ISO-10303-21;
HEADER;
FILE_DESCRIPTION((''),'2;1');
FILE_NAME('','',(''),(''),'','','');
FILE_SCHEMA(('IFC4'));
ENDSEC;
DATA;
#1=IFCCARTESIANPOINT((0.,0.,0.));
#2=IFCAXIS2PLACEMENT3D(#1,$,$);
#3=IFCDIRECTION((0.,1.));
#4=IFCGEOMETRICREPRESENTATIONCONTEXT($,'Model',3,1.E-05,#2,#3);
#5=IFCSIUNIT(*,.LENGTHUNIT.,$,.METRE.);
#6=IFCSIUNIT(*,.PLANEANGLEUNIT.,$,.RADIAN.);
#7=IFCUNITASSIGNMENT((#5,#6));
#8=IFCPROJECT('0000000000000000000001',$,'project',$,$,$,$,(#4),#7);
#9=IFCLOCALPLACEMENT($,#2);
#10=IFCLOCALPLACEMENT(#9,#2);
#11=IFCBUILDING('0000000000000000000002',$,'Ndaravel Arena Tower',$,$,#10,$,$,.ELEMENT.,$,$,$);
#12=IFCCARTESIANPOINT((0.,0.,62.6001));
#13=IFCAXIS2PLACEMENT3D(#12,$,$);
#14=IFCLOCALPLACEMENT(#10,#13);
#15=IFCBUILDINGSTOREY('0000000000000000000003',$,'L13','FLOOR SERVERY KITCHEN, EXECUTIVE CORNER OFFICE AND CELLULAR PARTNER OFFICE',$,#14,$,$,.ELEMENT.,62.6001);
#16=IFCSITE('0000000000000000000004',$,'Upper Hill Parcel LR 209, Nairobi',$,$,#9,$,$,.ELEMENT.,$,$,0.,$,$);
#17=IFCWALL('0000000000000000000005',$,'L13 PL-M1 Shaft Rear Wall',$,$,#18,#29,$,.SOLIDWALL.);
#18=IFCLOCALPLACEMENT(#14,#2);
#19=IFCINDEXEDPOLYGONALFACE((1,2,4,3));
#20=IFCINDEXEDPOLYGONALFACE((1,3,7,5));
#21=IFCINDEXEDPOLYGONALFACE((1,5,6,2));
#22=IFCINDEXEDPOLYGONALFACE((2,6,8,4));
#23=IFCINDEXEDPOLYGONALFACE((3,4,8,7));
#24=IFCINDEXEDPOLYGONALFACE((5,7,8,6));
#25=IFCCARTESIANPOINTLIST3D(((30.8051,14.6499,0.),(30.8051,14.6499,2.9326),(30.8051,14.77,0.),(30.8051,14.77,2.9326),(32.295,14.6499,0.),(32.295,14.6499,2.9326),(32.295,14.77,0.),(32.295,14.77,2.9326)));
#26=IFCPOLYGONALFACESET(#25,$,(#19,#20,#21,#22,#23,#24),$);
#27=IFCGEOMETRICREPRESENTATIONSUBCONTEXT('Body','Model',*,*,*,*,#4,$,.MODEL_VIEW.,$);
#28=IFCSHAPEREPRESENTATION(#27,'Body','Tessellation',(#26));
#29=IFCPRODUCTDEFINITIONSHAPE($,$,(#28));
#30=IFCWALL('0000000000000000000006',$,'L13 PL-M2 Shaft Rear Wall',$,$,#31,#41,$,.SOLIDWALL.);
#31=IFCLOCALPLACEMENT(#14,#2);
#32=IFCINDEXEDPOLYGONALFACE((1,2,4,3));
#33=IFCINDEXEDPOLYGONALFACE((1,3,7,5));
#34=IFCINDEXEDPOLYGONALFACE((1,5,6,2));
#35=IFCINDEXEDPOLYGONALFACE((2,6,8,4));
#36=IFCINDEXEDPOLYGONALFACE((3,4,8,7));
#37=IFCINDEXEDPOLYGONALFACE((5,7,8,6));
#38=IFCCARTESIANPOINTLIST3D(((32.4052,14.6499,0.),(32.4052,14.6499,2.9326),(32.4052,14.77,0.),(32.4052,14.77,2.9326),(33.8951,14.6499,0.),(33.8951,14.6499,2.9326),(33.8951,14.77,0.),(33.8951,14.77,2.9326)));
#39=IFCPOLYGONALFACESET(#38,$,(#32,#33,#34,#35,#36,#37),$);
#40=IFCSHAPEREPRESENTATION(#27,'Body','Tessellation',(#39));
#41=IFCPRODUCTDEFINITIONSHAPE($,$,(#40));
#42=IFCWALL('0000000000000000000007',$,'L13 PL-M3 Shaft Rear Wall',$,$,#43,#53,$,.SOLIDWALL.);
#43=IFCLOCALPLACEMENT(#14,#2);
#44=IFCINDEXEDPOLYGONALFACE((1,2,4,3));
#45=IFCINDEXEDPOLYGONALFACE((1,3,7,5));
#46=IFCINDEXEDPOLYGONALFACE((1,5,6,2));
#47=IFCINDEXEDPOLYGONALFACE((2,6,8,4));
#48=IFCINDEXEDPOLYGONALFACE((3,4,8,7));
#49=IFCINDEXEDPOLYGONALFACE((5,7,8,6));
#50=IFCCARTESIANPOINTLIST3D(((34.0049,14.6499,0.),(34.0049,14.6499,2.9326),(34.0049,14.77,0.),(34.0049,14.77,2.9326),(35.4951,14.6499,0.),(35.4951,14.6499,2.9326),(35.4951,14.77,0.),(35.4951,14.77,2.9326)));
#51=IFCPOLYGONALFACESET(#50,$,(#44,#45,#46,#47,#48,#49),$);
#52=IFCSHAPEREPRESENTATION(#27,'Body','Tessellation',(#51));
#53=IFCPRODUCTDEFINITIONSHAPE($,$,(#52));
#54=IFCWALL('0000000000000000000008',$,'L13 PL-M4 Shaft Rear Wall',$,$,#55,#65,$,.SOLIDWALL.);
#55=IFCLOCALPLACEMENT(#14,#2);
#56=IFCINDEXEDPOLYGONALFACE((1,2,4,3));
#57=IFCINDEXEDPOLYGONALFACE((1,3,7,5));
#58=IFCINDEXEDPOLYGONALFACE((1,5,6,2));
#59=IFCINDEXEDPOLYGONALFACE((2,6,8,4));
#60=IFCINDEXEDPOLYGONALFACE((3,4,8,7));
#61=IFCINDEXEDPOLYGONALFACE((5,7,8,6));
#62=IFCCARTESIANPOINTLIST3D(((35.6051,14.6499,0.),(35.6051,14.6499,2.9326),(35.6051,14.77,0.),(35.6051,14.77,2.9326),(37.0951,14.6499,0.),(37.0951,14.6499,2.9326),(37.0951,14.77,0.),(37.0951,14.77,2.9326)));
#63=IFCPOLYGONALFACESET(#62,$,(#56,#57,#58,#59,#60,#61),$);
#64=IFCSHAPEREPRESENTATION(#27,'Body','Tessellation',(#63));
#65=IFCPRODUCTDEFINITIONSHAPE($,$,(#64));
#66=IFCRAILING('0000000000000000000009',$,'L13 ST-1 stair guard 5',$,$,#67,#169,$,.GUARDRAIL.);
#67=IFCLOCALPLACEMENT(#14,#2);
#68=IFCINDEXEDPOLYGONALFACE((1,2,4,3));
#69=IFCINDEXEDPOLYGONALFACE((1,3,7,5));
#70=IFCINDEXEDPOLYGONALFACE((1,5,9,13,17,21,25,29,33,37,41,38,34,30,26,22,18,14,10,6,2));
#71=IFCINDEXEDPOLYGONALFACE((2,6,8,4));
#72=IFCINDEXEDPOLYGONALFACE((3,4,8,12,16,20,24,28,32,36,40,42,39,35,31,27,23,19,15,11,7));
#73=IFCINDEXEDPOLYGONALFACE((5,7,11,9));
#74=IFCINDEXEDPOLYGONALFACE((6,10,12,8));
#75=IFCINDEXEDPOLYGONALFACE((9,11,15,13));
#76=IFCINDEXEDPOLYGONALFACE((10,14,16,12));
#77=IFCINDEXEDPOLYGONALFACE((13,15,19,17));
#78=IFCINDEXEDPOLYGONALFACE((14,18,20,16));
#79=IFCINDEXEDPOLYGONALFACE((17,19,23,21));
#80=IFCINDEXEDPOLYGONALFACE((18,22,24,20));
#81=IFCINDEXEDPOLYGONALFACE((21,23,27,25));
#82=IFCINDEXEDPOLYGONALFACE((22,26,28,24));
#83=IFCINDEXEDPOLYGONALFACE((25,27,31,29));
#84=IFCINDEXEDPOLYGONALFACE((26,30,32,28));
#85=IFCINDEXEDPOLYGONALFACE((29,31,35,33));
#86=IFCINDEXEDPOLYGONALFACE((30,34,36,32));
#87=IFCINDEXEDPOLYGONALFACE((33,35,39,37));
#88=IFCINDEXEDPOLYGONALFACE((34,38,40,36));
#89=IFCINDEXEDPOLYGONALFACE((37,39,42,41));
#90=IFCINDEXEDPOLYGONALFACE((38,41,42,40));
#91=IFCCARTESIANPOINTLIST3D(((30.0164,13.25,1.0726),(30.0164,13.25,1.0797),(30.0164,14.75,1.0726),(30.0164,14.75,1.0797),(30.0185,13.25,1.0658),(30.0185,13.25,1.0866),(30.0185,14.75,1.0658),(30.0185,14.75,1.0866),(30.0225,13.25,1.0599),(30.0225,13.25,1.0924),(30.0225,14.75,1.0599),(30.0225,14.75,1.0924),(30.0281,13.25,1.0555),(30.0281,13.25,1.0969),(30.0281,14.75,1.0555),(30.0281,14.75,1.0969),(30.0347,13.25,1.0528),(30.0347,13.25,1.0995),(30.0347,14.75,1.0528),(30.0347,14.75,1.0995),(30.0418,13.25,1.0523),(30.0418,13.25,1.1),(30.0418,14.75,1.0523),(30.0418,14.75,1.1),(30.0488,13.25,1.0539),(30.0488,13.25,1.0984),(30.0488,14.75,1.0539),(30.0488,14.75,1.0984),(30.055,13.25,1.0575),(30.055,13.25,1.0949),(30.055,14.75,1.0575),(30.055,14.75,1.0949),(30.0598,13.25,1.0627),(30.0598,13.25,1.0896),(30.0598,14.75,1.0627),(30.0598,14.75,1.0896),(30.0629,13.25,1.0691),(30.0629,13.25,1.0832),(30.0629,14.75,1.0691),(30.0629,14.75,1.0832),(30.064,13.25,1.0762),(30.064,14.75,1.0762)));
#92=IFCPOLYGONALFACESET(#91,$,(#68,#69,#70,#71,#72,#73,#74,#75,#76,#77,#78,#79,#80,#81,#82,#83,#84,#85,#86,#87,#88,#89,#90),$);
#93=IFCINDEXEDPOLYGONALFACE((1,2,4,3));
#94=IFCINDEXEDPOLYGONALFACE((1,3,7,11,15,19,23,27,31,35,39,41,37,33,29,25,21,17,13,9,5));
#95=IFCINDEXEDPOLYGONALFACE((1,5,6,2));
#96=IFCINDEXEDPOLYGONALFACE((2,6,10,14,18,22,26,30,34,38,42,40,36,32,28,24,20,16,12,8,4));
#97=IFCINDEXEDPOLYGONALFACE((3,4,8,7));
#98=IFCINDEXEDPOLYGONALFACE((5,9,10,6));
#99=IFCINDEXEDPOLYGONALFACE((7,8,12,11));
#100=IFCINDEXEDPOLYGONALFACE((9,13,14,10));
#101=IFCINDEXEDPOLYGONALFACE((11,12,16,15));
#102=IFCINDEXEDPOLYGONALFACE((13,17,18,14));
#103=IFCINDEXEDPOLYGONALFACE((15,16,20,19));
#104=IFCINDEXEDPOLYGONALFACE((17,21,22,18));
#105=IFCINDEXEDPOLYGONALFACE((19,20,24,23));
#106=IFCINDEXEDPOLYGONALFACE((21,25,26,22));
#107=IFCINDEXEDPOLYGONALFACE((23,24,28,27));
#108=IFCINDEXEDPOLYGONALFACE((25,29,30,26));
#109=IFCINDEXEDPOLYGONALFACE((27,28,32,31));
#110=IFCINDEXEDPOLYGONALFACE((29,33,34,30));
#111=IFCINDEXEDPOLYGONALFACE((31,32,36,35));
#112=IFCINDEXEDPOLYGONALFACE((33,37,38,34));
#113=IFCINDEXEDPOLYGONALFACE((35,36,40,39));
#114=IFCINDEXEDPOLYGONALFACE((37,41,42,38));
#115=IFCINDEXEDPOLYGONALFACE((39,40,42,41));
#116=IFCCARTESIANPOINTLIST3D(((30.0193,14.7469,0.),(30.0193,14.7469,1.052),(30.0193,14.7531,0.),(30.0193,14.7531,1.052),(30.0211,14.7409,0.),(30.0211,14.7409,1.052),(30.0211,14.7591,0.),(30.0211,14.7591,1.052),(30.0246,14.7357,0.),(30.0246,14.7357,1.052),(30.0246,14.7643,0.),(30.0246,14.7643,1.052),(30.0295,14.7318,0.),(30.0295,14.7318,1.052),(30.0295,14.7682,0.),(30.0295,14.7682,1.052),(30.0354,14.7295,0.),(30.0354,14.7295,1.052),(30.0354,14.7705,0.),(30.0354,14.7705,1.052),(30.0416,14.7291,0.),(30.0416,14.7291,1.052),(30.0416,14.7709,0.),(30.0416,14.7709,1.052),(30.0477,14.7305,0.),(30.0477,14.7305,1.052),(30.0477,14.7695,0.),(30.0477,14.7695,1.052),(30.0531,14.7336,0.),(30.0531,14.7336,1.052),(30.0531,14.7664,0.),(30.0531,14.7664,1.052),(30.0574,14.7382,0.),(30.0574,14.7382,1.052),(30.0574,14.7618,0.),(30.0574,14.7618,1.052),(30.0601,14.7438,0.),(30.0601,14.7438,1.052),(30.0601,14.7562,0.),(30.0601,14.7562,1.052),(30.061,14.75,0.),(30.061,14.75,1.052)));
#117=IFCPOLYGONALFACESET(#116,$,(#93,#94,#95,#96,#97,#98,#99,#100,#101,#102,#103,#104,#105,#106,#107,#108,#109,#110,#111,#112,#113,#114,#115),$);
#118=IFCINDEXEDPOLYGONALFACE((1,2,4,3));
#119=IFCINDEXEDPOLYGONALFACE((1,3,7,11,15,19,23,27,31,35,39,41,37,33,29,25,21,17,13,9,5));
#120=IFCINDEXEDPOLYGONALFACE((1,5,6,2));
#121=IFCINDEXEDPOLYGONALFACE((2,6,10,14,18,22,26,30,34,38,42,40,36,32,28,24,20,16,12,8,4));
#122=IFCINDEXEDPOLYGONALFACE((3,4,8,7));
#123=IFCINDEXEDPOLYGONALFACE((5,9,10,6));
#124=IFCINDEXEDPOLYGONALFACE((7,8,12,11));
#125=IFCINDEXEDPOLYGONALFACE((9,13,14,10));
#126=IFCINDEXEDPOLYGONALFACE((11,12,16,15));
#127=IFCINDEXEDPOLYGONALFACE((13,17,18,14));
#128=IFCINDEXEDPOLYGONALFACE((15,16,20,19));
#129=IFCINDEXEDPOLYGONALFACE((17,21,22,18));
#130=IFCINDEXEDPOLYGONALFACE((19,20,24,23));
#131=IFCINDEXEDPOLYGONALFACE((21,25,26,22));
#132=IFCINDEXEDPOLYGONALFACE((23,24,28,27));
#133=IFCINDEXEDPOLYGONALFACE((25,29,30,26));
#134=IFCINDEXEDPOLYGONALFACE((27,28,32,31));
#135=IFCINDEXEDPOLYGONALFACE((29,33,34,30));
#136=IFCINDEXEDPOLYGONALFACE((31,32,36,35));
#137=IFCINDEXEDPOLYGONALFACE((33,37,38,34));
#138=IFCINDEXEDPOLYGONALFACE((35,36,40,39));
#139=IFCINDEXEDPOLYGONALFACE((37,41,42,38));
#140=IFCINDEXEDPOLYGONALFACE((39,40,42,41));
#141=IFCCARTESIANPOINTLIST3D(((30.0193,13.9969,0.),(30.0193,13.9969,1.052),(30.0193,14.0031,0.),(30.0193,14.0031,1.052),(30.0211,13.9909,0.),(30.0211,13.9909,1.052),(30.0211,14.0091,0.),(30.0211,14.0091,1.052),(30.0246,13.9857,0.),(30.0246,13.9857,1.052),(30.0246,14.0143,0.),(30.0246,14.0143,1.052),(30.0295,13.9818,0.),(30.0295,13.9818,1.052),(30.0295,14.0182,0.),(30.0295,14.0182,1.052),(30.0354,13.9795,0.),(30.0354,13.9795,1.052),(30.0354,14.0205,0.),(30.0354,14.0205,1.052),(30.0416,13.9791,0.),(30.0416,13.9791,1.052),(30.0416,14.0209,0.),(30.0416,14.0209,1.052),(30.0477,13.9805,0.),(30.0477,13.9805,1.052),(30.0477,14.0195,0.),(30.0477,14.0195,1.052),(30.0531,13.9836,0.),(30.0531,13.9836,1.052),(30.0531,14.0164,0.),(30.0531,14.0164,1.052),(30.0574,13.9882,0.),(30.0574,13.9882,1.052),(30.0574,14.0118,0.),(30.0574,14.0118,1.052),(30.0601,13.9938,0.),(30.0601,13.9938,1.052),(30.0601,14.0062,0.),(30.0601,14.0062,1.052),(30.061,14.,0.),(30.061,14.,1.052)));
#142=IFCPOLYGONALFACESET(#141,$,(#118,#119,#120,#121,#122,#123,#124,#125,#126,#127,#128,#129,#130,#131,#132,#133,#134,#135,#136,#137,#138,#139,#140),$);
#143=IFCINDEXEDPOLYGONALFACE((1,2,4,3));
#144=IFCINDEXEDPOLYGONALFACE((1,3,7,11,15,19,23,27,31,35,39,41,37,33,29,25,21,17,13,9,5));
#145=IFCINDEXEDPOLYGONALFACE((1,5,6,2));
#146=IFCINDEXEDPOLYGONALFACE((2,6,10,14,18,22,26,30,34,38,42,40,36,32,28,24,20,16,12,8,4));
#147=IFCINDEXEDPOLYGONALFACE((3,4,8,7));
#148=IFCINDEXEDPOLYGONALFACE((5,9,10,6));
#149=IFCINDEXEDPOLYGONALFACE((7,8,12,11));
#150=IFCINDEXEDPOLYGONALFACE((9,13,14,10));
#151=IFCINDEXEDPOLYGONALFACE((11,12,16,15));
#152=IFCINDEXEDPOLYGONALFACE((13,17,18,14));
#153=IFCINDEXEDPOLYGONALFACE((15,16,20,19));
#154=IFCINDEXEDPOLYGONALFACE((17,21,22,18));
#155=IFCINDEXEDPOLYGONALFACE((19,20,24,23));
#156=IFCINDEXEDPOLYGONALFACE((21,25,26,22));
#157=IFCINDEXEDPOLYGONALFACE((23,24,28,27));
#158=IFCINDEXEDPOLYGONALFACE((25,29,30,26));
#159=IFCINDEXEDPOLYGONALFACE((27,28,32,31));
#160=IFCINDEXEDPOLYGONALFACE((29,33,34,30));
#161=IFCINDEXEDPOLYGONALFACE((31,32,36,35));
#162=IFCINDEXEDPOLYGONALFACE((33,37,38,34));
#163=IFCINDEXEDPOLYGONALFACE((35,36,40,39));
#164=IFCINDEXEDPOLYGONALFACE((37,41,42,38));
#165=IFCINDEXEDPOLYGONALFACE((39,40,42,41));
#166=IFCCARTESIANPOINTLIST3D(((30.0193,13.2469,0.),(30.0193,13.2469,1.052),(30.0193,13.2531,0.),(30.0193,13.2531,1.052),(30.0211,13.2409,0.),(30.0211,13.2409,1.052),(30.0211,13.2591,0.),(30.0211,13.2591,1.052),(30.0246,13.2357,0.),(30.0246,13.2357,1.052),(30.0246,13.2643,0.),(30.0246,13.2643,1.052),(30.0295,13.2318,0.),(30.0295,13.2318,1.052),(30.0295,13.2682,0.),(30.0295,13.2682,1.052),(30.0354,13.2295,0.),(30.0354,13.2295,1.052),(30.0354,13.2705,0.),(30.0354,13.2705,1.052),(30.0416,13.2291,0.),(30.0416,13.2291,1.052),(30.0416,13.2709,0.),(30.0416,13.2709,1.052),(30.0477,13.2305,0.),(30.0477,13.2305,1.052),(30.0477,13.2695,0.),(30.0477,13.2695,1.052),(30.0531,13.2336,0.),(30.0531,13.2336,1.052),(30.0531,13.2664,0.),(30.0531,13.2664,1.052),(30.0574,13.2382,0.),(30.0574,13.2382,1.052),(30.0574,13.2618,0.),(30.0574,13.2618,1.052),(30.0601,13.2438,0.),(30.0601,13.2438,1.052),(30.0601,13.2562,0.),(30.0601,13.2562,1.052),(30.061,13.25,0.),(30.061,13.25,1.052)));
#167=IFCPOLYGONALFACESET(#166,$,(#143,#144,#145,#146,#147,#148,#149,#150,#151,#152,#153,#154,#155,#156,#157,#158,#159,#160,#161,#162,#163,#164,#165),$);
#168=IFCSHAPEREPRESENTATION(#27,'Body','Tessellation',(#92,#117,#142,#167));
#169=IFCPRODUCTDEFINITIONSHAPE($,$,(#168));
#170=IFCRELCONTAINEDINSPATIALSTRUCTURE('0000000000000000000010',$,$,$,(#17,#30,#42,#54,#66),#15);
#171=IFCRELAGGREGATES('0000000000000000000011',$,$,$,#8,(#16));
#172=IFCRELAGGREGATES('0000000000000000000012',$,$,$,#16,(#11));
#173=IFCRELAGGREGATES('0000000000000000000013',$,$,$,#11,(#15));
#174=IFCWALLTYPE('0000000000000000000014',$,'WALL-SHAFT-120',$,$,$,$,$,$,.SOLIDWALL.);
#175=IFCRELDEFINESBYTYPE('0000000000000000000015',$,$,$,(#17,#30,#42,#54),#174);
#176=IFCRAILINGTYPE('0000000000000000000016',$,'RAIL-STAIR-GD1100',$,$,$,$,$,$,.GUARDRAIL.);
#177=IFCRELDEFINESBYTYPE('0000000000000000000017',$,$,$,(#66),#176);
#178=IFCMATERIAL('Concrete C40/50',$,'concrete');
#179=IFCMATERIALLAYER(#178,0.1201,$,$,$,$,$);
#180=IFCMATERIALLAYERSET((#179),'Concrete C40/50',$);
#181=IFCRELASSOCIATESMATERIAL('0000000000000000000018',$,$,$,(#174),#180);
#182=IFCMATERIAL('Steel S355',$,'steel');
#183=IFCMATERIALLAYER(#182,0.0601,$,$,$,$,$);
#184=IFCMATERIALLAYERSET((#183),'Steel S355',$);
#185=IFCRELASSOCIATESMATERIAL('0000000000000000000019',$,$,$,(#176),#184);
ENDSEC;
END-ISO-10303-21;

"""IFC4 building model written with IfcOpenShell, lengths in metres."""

from ifc_helpers import new_model, si_unit, direction, frame, frame_2d, origin, origin_2d, place, context, subcontext, project, spatial, rectangle, circle, extrude, material, layer, layer_set, type_object, element, save


model = new_model("IFC4")

# Units and contexts
model_context = context("Model", 3, precision=1e-05, world=origin(), true_north=direction((0.0, 1.0)))
body_context = subcontext(model_context, "Body", "Model", "MODEL_VIEW")
ifc_project = project(units=[si_unit("LENGTHUNIT", "METRE"), si_unit("PLANEANGLEUNIT", "RADIAN")], contexts=[model_context])

# Site, building, storey
site_placement = place(None, origin())
site = spatial("IfcSite", under=ifc_project, at=site_placement, Name="Upper Hill Parcel LR 209, Nairobi", CompositionType="ELEMENT", RefElevation=0.0)
building_placement = place(site_placement, origin())
building = spatial("IfcBuilding", under=site, at=building_placement, Name="Ndaravel Arena Tower", CompositionType="ELEMENT")
storey_placement = place(building_placement, frame((0.0, 0.0, 62.6001)))
storey = spatial("IfcBuildingStorey", under=building, at=storey_placement, Name="L13", Description="FLOOR SERVERY KITCHEN, EXECUTIVE CORNER OFFICE AND CELLULAR PARTNER OFFICE", CompositionType="ELEMENT", Elevation=62.6001)

# Walls
ifc_material_1 = material(Name="Concrete C40/50", Category="concrete")
ifc_layer_1 = layer(ifc_material_1, 0.1201)
ifc_layer_set_1 = layer_set([ifc_layer_1], Name="Concrete C40/50")
wall_type_1 = type_object("IfcWallType", Name="WALL-SHAFT-120", PredefinedType="SOLIDWALL", material=ifc_layer_set_1)
for number, where, z_axis, x_axis, name in (
    (1, (30.8049, 14.71, 0.0), (0.0, 0.0, 1.0), (1.0, 0.0, 0.0), "L13 PL-M1 Shaft Rear Wall"),
    (2, (32.405, 14.71, 0.0), (0.0, 0.0, 1.0), (1.0, 0.0, 0.0), "L13 PL-M2 Shaft Rear Wall"),
):
    element("IfcWall", number, at=place(storey_placement, frame(where, z_axis=z_axis, x_axis=x_axis)), inside=storey, type_object=wall_type_1, Name=name, PredefinedType="SOLIDWALL", context=body_context, shape_type="SweptSolid", body=[
        extrude(rectangle(XDim=1.49, YDim=0.1201, at=frame_2d((0.7451, 0.0))), origin(), (0.0, 0.0, 1.0), 2.9326),
    ])
wall_1_placement = place(storey_placement, frame((34.0049, 14.71, 0.0), z_axis=(0.0, 0.0, 1.0), x_axis=(1.0, 0.0, 0.0)))
element("IfcWall", 3, at=wall_1_placement, inside=storey, type_object=wall_type_1, Name="L13 PL-M3 Shaft Rear Wall", PredefinedType="SOLIDWALL", context=body_context, shape_type="SweptSolid", body=[
    extrude(rectangle(XDim=1.4902, YDim=0.1201, at=frame_2d((0.7451, 0.0))), origin(), (0.0, 0.0, 1.0), 2.9326),
])
wall_2_placement = place(storey_placement, frame((35.605, 14.71, 0.0), z_axis=(0.0, 0.0, 1.0), x_axis=(1.0, 0.0, 0.0)))
element("IfcWall", 4, at=wall_2_placement, inside=storey, type_object=wall_type_1, Name="L13 PL-M4 Shaft Rear Wall", PredefinedType="SOLIDWALL", context=body_context, shape_type="SweptSolid", body=[
    extrude(rectangle(XDim=1.49, YDim=0.1201, at=frame_2d((0.7451, 0.0))), origin(), (0.0, 0.0, 1.0), 2.9326),
])

# Railing
ifc_material_2 = material(Name="Steel S355", Category="steel")
ifc_layer_2 = layer(ifc_material_2, 0.0601)
ifc_layer_set_2 = layer_set([ifc_layer_2], Name="Steel S355")
railing_type = type_object("IfcRailingType", Name="RAIL-STAIR-GD1100", PredefinedType="GUARDRAIL", material=ifc_layer_set_2)
railing_placement = place(storey_placement, frame((30.04, 14.75, 0.0)))
element("IfcRailing", 5, at=railing_placement, inside=storey, type_object=railing_type, Name="L13 ST-1 stair guard 5", PredefinedType="GUARDRAIL", context=body_context, shape_type="SweptSolid", body=[
    extrude(circle(Radius=0.0239, at=origin_2d()), frame((0.0, 0.0, 1.0762), z_axis=(0.0, -1.0, 0.0), x_axis=(1.0, 0.0, 0.0)), (0.0, 0.0, 1.0), 1.5),
    extrude(circle(Radius=0.021, at=origin_2d()), origin(), (0.0, 0.0, 1.0), 1.052),
    extrude(circle(Radius=0.021, at=origin_2d()), frame((0.0, -0.75, 0.0)), (0.0, 0.0, 1.0), 1.052),
    extrude(circle(Radius=0.021, at=origin_2d()), frame((0.0, -1.5, 0.0)), (0.0, 0.0, 1.0), 1.052),
])

save(model, "model.ifc")
